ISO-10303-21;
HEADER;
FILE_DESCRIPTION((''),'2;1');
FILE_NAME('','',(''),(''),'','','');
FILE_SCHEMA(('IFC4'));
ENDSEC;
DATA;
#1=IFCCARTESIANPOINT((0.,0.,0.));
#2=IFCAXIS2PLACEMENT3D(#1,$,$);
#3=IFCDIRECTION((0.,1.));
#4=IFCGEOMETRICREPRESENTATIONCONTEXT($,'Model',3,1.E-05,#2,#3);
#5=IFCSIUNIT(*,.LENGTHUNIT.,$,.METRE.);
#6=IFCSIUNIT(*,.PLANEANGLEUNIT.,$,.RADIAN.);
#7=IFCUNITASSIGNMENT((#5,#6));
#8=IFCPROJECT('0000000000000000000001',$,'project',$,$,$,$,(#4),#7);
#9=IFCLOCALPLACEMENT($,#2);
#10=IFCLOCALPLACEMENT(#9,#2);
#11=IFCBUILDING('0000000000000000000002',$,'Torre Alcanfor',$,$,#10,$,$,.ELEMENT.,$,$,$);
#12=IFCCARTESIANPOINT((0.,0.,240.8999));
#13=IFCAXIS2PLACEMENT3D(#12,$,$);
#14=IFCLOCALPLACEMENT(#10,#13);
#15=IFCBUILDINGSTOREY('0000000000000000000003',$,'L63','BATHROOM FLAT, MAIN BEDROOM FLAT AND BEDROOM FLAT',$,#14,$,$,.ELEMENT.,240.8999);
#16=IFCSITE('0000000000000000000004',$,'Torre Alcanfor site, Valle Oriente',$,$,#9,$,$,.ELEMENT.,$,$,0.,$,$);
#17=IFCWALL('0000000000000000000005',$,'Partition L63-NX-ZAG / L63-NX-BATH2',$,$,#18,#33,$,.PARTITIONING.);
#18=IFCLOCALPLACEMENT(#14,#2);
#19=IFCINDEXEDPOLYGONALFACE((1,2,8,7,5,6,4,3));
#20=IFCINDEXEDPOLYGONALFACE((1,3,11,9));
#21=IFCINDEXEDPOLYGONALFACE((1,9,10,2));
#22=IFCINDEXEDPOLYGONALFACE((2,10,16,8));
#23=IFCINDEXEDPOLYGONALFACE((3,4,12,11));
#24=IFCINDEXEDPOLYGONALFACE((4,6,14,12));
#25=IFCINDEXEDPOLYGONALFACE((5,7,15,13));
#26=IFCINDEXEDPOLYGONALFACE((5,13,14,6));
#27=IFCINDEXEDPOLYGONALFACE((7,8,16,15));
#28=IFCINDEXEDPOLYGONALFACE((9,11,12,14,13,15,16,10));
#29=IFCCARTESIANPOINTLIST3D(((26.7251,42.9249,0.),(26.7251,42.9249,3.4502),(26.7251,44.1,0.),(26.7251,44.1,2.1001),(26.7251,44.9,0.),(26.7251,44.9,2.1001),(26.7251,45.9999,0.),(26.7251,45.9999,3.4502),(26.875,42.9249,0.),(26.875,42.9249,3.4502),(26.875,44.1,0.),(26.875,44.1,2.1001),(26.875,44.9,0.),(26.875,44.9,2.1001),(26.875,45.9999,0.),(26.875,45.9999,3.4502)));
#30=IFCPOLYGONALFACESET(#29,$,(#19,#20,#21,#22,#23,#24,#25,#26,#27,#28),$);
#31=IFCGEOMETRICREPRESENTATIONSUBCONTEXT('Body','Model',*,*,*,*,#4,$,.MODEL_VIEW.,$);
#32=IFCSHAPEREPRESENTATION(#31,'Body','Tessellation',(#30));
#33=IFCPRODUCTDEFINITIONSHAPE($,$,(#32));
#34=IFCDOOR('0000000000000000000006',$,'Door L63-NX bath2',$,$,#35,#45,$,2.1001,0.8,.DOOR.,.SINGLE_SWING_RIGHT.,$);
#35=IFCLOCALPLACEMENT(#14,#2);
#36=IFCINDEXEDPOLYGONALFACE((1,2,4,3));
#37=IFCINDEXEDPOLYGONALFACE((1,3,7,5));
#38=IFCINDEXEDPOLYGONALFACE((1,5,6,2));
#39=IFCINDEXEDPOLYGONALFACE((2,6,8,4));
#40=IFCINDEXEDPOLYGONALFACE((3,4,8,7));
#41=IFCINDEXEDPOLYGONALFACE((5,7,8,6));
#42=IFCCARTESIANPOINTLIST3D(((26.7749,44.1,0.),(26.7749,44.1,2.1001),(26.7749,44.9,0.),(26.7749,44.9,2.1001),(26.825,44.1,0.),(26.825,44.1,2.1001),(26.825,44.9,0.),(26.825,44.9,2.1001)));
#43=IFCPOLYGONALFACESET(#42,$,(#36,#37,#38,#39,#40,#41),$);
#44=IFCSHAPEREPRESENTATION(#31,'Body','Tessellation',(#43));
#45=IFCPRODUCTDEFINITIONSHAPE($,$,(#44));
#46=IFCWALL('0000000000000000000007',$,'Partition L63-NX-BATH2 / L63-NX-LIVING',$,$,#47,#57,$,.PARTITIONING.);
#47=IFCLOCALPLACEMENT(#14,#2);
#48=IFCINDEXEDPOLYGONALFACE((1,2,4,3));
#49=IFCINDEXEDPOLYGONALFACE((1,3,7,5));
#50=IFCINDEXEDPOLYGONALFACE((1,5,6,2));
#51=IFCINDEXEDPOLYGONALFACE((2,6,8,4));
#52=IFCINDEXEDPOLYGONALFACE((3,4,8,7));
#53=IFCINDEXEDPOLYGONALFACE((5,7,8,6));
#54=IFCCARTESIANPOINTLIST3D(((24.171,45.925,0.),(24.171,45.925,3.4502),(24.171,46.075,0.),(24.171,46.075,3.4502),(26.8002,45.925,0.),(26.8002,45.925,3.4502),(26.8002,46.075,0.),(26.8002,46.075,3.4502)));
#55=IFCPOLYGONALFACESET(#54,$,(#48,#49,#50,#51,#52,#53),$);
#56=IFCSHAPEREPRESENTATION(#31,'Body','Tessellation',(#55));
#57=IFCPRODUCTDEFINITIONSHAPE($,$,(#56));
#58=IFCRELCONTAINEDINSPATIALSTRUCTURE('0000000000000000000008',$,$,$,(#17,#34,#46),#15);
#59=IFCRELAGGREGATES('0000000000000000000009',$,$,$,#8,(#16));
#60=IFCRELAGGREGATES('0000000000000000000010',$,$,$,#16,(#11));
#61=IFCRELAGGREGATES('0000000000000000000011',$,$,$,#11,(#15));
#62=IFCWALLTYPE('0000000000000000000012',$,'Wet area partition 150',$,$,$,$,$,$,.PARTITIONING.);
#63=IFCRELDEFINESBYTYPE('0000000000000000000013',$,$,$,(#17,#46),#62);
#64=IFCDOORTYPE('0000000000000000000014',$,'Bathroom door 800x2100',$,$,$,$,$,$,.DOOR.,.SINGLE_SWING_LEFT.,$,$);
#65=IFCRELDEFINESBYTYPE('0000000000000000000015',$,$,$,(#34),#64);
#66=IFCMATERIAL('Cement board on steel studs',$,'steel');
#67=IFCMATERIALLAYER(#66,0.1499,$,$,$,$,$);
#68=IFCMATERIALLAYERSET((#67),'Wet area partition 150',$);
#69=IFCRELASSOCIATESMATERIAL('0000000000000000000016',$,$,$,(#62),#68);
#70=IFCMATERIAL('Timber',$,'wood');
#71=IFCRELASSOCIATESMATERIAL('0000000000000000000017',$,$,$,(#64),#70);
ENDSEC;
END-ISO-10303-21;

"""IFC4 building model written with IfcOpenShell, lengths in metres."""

from ifc_helpers import new_model, si_unit, direction, frame, frame_2d, origin, place, context, subcontext, project, spatial, rectangle, extrude, material, layer, layer_set, type_object, element, fill, save


model = new_model("IFC4")

# Units and contexts
model_context = context("Model", 3, precision=1e-05, world=origin(), true_north=direction((0.0, 1.0)))
body_context = subcontext(model_context, "Body", "Model", "MODEL_VIEW")
ifc_project = project(units=[si_unit("LENGTHUNIT", "METRE"), si_unit("PLANEANGLEUNIT", "RADIAN")], contexts=[model_context])

# Site, building, storey
site_placement = place(None, origin())
site = spatial("IfcSite", under=ifc_project, at=site_placement, Name="Torre Alcanfor site, Valle Oriente", CompositionType="ELEMENT", RefElevation=0.0)
building_placement = place(site_placement, origin())
building = spatial("IfcBuilding", under=site, at=building_placement, Name="Torre Alcanfor", CompositionType="ELEMENT")
storey_placement = place(building_placement, frame((0.0, 0.0, 240.8999)))
storey = spatial("IfcBuildingStorey", under=building, at=storey_placement, Name="L63", Description="BATHROOM FLAT, MAIN BEDROOM FLAT AND BEDROOM FLAT", CompositionType="ELEMENT", Elevation=240.8999)

# Wall, opening, door
ifc_material_1 = material(Name="Cement board on steel studs", Category="steel")
ifc_layer_1 = layer(ifc_material_1, 0.1499)
ifc_layer_set_1 = layer_set([ifc_layer_1], Name="Wet area partition 150")
wall_type_1 = type_object("IfcWallType", Name="Wet area partition 150", PredefinedType="PARTITIONING", material=ifc_layer_set_1)
wall_1_placement = place(storey_placement, frame((26.8, 46.0, 0.0), z_axis=(0.0, 0.0, 1.0), x_axis=(0.0, -1.0, 0.0)))
wall_1 = element("IfcWall", 1, at=wall_1_placement, inside=storey, type_object=wall_type_1, Name="Partition L63-NX-ZAG / L63-NX-BATH2", PredefinedType="PARTITIONING", context=body_context, shape_type="SweptSolid", body=[
    extrude(rectangle(XDim=3.075, YDim=0.1499, at=frame_2d((1.5376, 0.0))), origin(), (0.0, 0.0, 1.0), 3.4502),
])
opening_1_placement = place(wall_1_placement, frame((1.1001, 0.0, 0.0)))
opening_1 = element("IfcOpeningElement", 2, at=opening_1_placement, cuts=wall_1, PredefinedType="OPENING", context=body_context, shape_type="SweptSolid", body=[
    extrude(rectangle(XDim=0.8, YDim=2.1001, at=frame_2d((0.3999, 1.05))), frame((0.0, 0.085, 0.0), z_axis=(0.0, -1.0, 0.0), x_axis=(1.0, 0.0, 0.0)), (0.0, 0.0, 1.0), 0.1699),
])
ifc_material_2 = material(Name="Timber", Category="wood")
door_type_1 = type_object("IfcDoorType", Name="Bathroom door 800x2100", OperationType="SINGLE_SWING_LEFT", PredefinedType="DOOR", material=ifc_material_2)
door_1_placement = place(opening_1_placement, frame((0.8, 0.0, 0.0), z_axis=(0.0, 0.0, 1.0), x_axis=(-1.0, 0.0, 0.0)))
door_1 = element("IfcDoor", 3, at=door_1_placement, inside=storey, type_object=door_type_1, Name="Door L63-NX bath2", OperationType="SINGLE_SWING_RIGHT", OverallHeight=2.1001, OverallWidth=0.8, PredefinedType="DOOR", context=body_context, shape_type="SweptSolid", body=[
    extrude(rectangle(XDim=0.8, YDim=2.1001, at=frame_2d((0.4001, 1.05))), frame((0.0, 0.0251, 0.0), z_axis=(0.0, -1.0, 0.0), x_axis=(1.0, 0.0, 0.0)), (0.0, 0.0, 1.0), 0.05),
])
fill(opening_1, door_1)

# Wall
wall_2_placement = place(storey_placement, frame((26.8, 46.0, 0.0), z_axis=(0.0, 0.0, 1.0), x_axis=(-1.0, 0.0, 0.0)))
element("IfcWall", 4, at=wall_2_placement, inside=storey, type_object=wall_type_1, Name="Partition L63-NX-BATH2 / L63-NX-LIVING", PredefinedType="PARTITIONING", context=body_context, shape_type="SweptSolid", body=[
    extrude(rectangle(XDim=2.6292, YDim=0.1499, at=frame_2d((1.3145, 0.0))), origin(), (0.0, 0.0, 1.0), 3.4502),
])

save(model, "model.ifc")
